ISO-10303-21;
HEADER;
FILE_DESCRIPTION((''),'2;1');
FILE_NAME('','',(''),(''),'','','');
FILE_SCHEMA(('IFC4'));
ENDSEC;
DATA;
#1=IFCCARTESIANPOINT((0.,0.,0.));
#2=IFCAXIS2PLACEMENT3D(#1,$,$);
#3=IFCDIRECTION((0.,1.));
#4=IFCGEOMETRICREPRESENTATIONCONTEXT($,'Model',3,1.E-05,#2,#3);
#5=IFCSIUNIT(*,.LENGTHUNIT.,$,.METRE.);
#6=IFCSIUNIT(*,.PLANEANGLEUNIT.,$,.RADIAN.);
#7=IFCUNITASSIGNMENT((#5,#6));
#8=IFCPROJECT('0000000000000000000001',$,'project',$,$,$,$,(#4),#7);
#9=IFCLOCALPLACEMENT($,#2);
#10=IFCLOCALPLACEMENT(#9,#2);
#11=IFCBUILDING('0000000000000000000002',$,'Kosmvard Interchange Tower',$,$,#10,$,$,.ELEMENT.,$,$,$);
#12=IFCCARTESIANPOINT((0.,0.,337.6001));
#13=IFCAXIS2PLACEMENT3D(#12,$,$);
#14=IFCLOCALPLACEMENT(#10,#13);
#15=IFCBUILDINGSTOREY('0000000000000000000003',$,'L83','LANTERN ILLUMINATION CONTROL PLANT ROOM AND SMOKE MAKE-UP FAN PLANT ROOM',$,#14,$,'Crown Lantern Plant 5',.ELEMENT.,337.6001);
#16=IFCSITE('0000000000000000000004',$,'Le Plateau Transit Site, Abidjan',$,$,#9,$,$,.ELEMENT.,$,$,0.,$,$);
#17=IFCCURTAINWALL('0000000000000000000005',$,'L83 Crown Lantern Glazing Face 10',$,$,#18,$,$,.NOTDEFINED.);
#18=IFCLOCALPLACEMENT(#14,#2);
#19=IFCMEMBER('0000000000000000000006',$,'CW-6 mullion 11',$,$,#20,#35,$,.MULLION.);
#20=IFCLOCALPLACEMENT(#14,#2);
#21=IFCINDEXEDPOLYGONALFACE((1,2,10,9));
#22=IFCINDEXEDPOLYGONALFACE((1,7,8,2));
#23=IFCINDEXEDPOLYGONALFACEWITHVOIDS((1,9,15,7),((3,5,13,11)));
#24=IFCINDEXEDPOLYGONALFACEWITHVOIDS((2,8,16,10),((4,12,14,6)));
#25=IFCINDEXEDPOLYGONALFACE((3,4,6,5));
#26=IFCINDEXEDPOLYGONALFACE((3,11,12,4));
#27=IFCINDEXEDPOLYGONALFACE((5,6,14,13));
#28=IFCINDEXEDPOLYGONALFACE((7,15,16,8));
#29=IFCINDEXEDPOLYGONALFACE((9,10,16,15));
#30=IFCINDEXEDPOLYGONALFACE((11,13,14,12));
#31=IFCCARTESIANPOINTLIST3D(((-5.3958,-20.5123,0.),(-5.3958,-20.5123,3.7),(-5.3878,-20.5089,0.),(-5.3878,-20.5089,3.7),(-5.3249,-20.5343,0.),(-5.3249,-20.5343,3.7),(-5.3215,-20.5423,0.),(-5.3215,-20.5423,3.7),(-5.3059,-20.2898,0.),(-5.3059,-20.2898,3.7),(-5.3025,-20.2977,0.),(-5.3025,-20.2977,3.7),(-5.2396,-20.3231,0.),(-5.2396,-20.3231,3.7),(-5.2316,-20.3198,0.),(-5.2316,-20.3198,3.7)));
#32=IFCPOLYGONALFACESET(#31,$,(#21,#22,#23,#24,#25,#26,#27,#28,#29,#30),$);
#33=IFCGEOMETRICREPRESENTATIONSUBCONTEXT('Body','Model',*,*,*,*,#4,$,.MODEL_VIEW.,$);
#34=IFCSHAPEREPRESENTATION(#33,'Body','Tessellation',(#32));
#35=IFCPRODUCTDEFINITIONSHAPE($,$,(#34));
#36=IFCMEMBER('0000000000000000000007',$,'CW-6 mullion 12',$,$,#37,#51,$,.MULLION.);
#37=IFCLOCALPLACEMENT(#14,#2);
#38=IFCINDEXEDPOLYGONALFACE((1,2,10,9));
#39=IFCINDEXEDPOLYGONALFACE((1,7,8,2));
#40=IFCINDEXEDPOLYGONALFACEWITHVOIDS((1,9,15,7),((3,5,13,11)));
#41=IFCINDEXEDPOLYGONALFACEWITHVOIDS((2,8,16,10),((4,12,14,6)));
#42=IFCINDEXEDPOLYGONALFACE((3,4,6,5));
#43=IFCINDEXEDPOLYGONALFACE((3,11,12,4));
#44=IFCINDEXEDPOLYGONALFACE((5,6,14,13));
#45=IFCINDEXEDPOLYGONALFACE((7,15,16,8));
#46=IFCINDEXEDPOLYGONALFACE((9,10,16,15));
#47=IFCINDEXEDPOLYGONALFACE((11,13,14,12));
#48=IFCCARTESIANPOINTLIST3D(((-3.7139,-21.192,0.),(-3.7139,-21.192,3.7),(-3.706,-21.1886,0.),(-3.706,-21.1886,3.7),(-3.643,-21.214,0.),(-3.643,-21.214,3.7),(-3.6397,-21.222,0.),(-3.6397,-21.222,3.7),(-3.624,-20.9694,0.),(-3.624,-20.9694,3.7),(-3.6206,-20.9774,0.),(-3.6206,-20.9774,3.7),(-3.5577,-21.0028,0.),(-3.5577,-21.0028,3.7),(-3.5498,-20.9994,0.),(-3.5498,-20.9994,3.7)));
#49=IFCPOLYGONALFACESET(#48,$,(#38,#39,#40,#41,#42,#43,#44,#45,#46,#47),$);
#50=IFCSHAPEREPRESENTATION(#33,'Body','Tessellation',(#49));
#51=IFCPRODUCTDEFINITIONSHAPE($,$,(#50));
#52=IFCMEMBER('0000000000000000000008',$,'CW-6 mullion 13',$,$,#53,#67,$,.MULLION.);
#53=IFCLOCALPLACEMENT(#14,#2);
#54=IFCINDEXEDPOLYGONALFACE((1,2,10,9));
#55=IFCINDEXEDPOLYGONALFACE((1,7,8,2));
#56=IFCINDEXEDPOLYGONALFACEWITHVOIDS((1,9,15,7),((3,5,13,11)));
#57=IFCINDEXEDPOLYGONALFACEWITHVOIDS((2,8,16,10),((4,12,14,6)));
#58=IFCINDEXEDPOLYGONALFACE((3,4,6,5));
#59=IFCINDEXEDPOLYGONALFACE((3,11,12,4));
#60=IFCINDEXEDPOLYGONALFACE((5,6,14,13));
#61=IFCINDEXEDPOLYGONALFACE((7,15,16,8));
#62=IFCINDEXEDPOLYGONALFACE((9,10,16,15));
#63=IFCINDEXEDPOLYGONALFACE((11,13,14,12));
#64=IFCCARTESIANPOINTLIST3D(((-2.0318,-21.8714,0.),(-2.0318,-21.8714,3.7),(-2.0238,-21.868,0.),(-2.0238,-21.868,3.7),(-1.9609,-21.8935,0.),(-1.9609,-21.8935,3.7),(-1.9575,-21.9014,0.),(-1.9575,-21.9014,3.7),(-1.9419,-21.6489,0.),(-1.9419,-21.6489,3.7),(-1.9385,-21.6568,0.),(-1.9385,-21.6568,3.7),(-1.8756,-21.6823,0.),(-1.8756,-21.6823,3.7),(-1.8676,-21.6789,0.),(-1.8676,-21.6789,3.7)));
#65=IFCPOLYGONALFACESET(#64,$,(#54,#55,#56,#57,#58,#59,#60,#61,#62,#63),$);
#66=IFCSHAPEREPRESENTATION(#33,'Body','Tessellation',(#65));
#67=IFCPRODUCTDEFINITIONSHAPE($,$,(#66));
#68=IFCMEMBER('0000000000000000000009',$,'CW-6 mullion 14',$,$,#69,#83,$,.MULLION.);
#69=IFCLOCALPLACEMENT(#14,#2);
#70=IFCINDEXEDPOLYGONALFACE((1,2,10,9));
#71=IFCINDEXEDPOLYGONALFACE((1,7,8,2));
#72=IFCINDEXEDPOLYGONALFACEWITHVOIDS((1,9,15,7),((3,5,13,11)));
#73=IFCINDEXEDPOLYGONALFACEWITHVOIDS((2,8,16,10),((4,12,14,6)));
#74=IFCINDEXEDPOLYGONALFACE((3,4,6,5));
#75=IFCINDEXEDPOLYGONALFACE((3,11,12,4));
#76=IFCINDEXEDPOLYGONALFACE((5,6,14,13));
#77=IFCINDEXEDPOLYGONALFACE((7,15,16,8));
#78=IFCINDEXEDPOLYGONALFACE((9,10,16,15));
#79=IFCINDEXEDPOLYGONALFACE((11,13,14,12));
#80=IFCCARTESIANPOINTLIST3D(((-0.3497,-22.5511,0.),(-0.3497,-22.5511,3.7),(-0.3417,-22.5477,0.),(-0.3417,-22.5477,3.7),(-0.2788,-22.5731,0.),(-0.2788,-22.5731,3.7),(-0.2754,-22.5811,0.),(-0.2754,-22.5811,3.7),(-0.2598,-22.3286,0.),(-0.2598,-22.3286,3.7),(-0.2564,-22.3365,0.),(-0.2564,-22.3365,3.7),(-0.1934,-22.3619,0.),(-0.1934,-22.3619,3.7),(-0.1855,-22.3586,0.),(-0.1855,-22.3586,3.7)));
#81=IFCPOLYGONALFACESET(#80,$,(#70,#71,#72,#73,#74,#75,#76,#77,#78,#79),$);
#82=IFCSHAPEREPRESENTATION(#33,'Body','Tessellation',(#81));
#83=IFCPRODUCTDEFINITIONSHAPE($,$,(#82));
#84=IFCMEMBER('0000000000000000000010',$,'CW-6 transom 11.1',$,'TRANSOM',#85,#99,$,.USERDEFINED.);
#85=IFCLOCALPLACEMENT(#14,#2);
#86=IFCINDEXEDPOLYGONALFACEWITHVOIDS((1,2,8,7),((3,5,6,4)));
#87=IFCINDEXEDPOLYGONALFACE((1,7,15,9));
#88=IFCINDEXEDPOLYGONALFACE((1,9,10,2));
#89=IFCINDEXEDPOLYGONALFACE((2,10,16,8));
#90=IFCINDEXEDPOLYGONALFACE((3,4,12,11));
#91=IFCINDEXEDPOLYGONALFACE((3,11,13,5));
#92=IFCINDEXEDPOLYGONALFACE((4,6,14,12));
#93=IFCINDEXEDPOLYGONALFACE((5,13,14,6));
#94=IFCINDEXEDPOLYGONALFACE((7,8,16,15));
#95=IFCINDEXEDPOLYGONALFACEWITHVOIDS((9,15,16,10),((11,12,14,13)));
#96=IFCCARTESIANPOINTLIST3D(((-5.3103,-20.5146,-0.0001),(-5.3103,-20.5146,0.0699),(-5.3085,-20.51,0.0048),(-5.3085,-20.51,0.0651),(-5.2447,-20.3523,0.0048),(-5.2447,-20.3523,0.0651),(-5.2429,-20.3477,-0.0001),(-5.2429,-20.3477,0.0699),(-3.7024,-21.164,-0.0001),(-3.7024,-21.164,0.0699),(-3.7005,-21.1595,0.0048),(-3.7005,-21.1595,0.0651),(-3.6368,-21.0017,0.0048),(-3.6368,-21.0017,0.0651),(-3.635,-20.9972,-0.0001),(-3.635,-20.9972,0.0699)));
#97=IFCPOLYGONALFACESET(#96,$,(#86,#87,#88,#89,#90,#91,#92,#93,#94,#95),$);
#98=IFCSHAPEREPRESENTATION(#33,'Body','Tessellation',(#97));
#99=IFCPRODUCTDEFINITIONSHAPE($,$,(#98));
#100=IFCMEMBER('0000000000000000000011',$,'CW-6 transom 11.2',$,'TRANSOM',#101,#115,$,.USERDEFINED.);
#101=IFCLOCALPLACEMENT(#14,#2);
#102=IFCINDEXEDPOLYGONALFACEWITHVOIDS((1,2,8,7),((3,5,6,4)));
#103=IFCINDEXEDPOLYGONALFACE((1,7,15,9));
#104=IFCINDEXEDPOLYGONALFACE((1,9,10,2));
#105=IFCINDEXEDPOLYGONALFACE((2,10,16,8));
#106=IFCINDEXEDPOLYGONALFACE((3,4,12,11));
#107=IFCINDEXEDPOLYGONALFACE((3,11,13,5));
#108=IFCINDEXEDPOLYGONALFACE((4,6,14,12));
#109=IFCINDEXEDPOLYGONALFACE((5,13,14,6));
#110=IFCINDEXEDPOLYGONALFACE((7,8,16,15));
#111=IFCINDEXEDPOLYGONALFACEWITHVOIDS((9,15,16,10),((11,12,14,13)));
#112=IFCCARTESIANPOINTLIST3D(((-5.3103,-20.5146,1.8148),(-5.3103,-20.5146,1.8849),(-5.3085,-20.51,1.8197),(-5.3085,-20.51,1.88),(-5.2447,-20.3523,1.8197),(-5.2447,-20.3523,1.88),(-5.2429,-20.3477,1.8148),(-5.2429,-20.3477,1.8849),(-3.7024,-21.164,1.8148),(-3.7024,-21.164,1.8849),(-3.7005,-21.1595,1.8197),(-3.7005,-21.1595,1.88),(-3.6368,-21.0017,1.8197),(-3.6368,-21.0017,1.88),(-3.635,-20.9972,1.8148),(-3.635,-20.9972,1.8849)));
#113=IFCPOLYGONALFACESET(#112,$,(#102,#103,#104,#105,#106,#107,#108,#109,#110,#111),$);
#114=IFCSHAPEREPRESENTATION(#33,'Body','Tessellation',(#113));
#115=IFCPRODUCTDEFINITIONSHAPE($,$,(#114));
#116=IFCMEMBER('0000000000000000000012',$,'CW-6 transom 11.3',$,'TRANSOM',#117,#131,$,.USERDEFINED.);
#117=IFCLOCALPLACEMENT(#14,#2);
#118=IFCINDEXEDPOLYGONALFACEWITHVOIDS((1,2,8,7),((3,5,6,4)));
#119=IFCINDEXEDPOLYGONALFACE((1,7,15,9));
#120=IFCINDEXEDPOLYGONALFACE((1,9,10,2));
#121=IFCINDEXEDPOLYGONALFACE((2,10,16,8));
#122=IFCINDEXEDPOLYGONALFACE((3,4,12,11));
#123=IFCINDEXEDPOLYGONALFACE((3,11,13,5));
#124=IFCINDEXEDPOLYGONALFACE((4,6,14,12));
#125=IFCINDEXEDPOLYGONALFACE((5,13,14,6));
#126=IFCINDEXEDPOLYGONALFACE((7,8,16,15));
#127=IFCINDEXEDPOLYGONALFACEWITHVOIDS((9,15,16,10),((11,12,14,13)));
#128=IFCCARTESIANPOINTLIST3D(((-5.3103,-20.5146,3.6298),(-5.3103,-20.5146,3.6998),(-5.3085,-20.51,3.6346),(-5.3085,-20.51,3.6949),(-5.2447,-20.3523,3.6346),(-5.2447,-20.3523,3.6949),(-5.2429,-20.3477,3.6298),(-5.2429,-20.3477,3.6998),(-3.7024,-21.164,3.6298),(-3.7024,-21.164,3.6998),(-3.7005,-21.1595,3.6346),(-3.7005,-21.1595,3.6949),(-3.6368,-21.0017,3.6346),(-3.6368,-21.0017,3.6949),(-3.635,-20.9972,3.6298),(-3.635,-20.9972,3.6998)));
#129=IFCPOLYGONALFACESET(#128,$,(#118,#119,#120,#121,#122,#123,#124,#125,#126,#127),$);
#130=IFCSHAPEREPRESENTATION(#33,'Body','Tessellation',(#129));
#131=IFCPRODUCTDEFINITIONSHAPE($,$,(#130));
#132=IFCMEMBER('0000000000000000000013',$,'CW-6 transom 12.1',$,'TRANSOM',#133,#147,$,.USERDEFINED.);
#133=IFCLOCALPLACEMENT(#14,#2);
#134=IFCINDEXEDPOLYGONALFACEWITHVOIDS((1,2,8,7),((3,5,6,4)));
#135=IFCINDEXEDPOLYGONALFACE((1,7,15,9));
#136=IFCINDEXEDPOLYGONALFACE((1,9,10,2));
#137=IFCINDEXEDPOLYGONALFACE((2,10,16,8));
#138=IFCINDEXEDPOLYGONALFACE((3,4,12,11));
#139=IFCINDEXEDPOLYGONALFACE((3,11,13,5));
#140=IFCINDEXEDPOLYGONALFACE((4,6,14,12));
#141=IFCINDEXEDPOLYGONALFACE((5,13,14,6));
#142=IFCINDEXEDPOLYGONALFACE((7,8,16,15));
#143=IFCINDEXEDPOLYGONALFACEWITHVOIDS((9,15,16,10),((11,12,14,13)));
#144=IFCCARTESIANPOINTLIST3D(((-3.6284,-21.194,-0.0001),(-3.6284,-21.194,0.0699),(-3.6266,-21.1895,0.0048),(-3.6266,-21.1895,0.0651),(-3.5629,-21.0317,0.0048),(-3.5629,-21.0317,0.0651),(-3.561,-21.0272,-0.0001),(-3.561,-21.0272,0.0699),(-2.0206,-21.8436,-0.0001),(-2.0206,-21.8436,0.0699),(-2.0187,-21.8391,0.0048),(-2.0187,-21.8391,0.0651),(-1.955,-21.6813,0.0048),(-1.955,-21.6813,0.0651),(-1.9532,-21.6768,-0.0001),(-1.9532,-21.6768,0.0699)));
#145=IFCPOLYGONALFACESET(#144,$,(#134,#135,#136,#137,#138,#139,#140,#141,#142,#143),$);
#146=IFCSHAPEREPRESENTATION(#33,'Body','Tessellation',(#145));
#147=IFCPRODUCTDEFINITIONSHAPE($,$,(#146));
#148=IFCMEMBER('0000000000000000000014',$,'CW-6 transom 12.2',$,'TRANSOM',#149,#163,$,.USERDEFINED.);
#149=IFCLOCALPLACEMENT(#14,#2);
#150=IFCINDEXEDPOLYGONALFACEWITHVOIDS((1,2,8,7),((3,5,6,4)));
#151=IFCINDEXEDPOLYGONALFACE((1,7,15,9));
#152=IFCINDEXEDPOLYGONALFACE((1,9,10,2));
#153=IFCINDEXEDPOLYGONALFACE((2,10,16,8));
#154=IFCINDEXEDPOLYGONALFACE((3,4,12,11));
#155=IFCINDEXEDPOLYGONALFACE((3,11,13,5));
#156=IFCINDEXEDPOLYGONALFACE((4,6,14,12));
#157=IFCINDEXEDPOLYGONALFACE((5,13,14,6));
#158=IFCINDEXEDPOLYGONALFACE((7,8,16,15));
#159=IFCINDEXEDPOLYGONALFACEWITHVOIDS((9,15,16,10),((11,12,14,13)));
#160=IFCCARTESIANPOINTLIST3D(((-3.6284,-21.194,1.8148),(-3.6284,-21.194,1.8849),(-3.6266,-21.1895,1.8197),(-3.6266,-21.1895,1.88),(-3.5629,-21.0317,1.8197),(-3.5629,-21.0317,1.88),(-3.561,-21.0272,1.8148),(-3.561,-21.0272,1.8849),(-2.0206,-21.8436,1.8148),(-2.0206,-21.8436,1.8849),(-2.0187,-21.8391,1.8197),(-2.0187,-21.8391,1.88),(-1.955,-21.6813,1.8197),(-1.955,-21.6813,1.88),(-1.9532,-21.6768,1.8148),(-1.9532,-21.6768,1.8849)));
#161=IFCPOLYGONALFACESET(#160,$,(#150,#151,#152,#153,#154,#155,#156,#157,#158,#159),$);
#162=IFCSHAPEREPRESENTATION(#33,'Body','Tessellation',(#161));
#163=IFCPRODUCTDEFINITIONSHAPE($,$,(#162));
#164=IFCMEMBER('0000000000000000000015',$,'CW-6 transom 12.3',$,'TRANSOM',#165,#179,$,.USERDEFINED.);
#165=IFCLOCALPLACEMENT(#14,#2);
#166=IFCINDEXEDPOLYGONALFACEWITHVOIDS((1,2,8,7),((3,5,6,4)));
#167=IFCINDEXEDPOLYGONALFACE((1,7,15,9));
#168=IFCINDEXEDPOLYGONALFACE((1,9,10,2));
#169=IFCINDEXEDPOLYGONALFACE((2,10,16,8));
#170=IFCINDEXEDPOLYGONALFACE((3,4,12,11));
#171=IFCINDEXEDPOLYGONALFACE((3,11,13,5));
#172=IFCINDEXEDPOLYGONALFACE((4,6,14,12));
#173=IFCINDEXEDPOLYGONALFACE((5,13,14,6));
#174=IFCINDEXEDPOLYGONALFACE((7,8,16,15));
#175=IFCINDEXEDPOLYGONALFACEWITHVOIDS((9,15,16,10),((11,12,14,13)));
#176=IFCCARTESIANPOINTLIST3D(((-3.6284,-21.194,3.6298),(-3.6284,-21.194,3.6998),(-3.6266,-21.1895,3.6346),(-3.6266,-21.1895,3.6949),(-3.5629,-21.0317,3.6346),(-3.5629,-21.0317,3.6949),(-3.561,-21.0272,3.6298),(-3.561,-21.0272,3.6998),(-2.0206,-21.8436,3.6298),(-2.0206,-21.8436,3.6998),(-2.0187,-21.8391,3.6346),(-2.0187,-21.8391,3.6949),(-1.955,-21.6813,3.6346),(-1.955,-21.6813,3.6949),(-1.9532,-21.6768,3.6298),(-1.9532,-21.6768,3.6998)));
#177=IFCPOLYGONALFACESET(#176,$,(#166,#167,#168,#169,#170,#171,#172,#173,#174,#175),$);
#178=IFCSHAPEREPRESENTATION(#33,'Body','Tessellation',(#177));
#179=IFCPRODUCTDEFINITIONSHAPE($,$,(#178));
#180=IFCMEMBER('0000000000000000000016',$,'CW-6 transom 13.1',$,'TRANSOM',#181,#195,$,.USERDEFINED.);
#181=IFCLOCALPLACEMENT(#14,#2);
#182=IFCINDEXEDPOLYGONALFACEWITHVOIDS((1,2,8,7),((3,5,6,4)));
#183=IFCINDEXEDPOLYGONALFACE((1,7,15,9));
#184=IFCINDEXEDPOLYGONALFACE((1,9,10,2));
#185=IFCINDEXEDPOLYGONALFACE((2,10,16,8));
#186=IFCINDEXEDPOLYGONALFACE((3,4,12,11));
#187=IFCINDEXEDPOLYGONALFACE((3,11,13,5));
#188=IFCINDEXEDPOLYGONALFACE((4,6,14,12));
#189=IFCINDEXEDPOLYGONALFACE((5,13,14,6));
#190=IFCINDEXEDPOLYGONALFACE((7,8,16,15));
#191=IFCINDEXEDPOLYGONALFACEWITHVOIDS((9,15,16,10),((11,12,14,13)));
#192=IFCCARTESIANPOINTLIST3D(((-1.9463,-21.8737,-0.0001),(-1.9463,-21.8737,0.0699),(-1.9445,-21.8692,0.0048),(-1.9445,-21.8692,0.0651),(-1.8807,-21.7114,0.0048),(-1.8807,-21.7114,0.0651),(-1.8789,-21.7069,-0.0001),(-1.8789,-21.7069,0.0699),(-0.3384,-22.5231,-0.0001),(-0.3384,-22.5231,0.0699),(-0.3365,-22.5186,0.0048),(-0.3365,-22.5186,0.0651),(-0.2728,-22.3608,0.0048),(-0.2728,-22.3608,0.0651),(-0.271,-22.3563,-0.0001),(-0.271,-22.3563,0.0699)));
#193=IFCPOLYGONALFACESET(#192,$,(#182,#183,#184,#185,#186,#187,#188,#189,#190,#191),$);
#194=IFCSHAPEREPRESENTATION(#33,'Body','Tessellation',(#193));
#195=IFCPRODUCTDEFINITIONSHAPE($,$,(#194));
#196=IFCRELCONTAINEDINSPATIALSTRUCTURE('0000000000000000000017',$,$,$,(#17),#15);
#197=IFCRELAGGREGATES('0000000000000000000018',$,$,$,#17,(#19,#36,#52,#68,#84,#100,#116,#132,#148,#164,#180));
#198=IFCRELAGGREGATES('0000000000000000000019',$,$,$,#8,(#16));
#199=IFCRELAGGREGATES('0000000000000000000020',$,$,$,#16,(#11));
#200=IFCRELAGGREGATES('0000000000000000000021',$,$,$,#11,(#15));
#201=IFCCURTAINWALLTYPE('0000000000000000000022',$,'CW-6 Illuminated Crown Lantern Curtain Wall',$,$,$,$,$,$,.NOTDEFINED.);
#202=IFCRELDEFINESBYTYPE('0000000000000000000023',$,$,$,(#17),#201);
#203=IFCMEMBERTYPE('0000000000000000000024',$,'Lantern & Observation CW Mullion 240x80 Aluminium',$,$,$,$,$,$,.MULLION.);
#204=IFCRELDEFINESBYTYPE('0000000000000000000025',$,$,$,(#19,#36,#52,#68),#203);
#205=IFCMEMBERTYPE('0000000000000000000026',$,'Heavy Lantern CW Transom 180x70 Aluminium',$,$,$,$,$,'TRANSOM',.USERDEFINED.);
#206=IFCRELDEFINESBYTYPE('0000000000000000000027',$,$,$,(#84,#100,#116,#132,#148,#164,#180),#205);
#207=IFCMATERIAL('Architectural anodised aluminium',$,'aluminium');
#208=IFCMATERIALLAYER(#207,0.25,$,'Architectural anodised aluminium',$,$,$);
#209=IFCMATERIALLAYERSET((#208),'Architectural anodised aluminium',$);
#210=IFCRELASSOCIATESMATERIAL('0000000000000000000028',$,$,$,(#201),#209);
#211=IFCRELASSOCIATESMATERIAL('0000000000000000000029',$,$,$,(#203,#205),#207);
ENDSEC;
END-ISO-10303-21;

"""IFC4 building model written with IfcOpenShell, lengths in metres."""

from ifc_helpers import new_model, si_unit, direction, frame, origin, origin_2d, place, context, subcontext, project, spatial, hollow_rectangle, extrude, source, transform, mapped, material, layer, layer_set, material_profile, profile_set, type_object, element, aggregate, save


model = new_model("IFC4")

# Units and contexts
model_context = context("Model", 3, precision=1e-05, world=origin(), true_north=direction((0.0, 1.0)))
body_context = subcontext(model_context, "Body", "Model", "MODEL_VIEW")
ifc_project = project(units=[si_unit("LENGTHUNIT", "METRE"), si_unit("PLANEANGLEUNIT", "RADIAN")], contexts=[model_context])

# Site, building, storey
site_placement = place(None, origin())
site = spatial("IfcSite", under=ifc_project, at=site_placement, Name="Le Plateau Transit Site, Abidjan", CompositionType="ELEMENT", RefElevation=0.0)
building_placement = place(site_placement, origin())
building = spatial("IfcBuilding", under=site, at=building_placement, Name="Kosmvard Interchange Tower", CompositionType="ELEMENT")
storey_placement = place(building_placement, frame((0.0, 0.0, 337.6001)))
storey = spatial("IfcBuildingStorey", under=building, at=storey_placement, Name="L83", Description="LANTERN ILLUMINATION CONTROL PLANT ROOM AND SMOKE MAKE-UP FAN PLANT ROOM", LongName="Crown Lantern Plant 5", CompositionType="ELEMENT", Elevation=337.6001)

# Curtain wall, members
ifc_material_1 = material(Name="Architectural anodised aluminium", Category="aluminium")
ifc_layer_1 = layer(ifc_material_1, 0.25, Name="Architectural anodised aluminium")
ifc_layer_set_1 = layer_set([ifc_layer_1], Name="Architectural anodised aluminium")
curtain_wall_type = type_object("IfcCurtainWallType", Name="CW-6 Illuminated Crown Lantern Curtain Wall", PredefinedType="NOTDEFINED", material=ifc_layer_set_1)
curtain_wall_placement = place(storey_placement, origin())
curtain_wall = element("IfcCurtainWall", 1, at=curtain_wall_placement, inside=storey, type_object=curtain_wall_type, Name="L83 Crown Lantern Glazing Face 10", PredefinedType="NOTDEFINED")
ifc_material_profile_1 = material_profile(ifc_material_1, hollow_rectangle(XDim=0.24, YDim=0.0801, WallThickness=0.0061, at=origin_2d()), Name="CWM 240x80x6")
ifc_profile_set_1 = profile_set([ifc_material_profile_1], Name="Architectural anodised aluminium")
member_type_1 = type_object("IfcMemberType", Name="Lantern & Observation CW Mullion 240x80 Aluminium", PredefinedType="MULLION", material=ifc_profile_set_1)
shared_shape_1 = source(origin(), body_context, "Body", "SweptSolid", [
    extrude(hollow_rectangle(XDim=0.24, YDim=0.0801, WallThickness=0.0061, at=origin_2d()), origin(), (0.0, 0.0, 1.0), 3.7),
])
member_1_placement = place(storey_placement, frame((-5.3137, -20.416, 0.0), z_axis=(0.0, 0.0, 1.0), x_axis=(0.374607, 0.927184, 0.0)))
member_1 = element("IfcMember", 2, at=member_1_placement, type_object=member_type_1, Name="CW-6 mullion 11", PredefinedType="MULLION", context=body_context, shape_type="MappedRepresentation", body=[
    mapped(shared_shape_1, transform((0.0, 0.0, 0.0), scale=1.0)),
])
member_2_placement = place(storey_placement, frame((-3.6318, -21.0957, 0.0), z_axis=(0.0, 0.0, 1.0), x_axis=(0.374607, 0.927184, 0.0)))
member_2 = element("IfcMember", 3, at=member_2_placement, type_object=member_type_1, Name="CW-6 mullion 12", PredefinedType="MULLION", context=body_context, shape_type="MappedRepresentation", body=[
    mapped(shared_shape_1, transform((0.0, 0.0, 0.0), scale=1.0)),
])
member_3_placement = place(storey_placement, frame((-1.9497, -21.7751, 0.0), z_axis=(0.0, 0.0, 1.0), x_axis=(0.374607, 0.927184, 0.0)))
member_3 = element("IfcMember", 4, at=member_3_placement, type_object=member_type_1, Name="CW-6 mullion 13", PredefinedType="MULLION", context=body_context, shape_type="MappedRepresentation", body=[
    mapped(shared_shape_1, transform((0.0, 0.0, 0.0), scale=1.0)),
])
member_4_placement = place(storey_placement, frame((-0.2676, -22.4548, 0.0), z_axis=(0.0, 0.0, 1.0), x_axis=(0.374607, 0.927184, 0.0)))
member_4 = element("IfcMember", 5, at=member_4_placement, type_object=member_type_1, Name="CW-6 mullion 14", PredefinedType="MULLION", context=body_context, shape_type="MappedRepresentation", body=[
    mapped(shared_shape_1, transform((0.0, 0.0, 0.0), scale=1.0)),
])
ifc_material_profile_2 = material_profile(ifc_material_1, hollow_rectangle(XDim=0.1799, YDim=0.0701, WallThickness=0.0049, at=origin_2d()), Name="CWT 180x70x5")
ifc_profile_set_2 = profile_set([ifc_material_profile_2], Name="Architectural anodised aluminium")
member_type_2 = type_object("IfcMemberType", Name="Heavy Lantern CW Transom 180x70 Aluminium", ElementType="TRANSOM", PredefinedType="USERDEFINED", material=ifc_profile_set_2)
shared_shape_2 = source(origin(), body_context, "Body", "SweptSolid", [
    extrude(hollow_rectangle(XDim=0.1799, YDim=0.0701, WallThickness=0.0049, at=origin_2d()), origin(), (0.0, 0.0, 1.0), 1.7341),
])
member_5_placement = place(storey_placement, frame((-5.2766, -20.4312, 0.0349), z_axis=(0.927229, -0.374496, 0.0), x_axis=(0.374496, 0.927229, 0.0)))
member_5 = element("IfcMember", 6, at=member_5_placement, type_object=member_type_2, Name="CW-6 transom 11.1", ObjectType="TRANSOM", PredefinedType="USERDEFINED", context=body_context, shape_type="MappedRepresentation", body=[
    mapped(shared_shape_2, transform((0.0, 0.0, 0.0), scale=1.0)),
])
member_6_placement = place(storey_placement, frame((-5.2766, -20.4312, 1.8499), z_axis=(0.927229, -0.374496, 0.0), x_axis=(0.374496, 0.927229, 0.0)))
member_6 = element("IfcMember", 7, at=member_6_placement, type_object=member_type_2, Name="CW-6 transom 11.2", ObjectType="TRANSOM", PredefinedType="USERDEFINED", context=body_context, shape_type="MappedRepresentation", body=[
    mapped(shared_shape_2, transform((0.0, 0.0, 0.0), scale=1.0)),
])
member_7_placement = place(storey_placement, frame((-5.2766, -20.4312, 3.6648), z_axis=(0.927229, -0.374496, 0.0), x_axis=(0.374496, 0.927229, 0.0)))
member_7 = element("IfcMember", 8, at=member_7_placement, type_object=member_type_2, Name="CW-6 transom 11.3", ObjectType="TRANSOM", PredefinedType="USERDEFINED", context=body_context, shape_type="MappedRepresentation", body=[
    mapped(shared_shape_2, transform((0.0, 0.0, 0.0), scale=1.0)),
])
member_8_placement = place(storey_placement, frame((-3.5947, -21.1106, 0.0349), z_axis=(0.92718, -0.374617, 0.0), x_axis=(0.374617, 0.92718, 0.0)))
member_8 = element("IfcMember", 9, at=member_8_placement, type_object=member_type_2, Name="CW-6 transom 12.1", ObjectType="TRANSOM", PredefinedType="USERDEFINED", context=body_context, shape_type="MappedRepresentation", body=[
    mapped(shared_shape_2, transform((0.0, 0.0, 0.0), scale=1.0)),
])
member_9_placement = place(storey_placement, frame((-3.5947, -21.1106, 1.8499), z_axis=(0.92718, -0.374617, 0.0), x_axis=(0.374617, 0.92718, 0.0)))
member_9 = element("IfcMember", 10, at=member_9_placement, type_object=member_type_2, Name="CW-6 transom 12.2", ObjectType="TRANSOM", PredefinedType="USERDEFINED", context=body_context, shape_type="MappedRepresentation", body=[
    mapped(shared_shape_2, transform((0.0, 0.0, 0.0), scale=1.0)),
])
member_10_placement = place(storey_placement, frame((-3.5947, -21.1106, 3.6648), z_axis=(0.92718, -0.374617, 0.0), x_axis=(0.374617, 0.92718, 0.0)))
member_10 = element("IfcMember", 11, at=member_10_placement, type_object=member_type_2, Name="CW-6 transom 12.3", ObjectType="TRANSOM", PredefinedType="USERDEFINED", context=body_context, shape_type="MappedRepresentation", body=[
    mapped(shared_shape_2, transform((0.0, 0.0, 0.0), scale=1.0)),
])
member_11_placement = place(storey_placement, frame((-1.9126, -21.7903, 0.0349), z_axis=(0.927229, -0.374496, 0.0), x_axis=(0.374496, 0.927229, 0.0)))
member_11 = element("IfcMember", 12, at=member_11_placement, type_object=member_type_2, Name="CW-6 transom 13.1", ObjectType="TRANSOM", PredefinedType="USERDEFINED", context=body_context, shape_type="MappedRepresentation", body=[
    mapped(shared_shape_2, transform((0.0, 0.0, 0.0), scale=1.0)),
])
aggregate(curtain_wall, [member_1, member_2, member_3, member_4, member_5, member_6, member_7, member_8, member_9, member_10, member_11])

save(model, "model.ifc")
